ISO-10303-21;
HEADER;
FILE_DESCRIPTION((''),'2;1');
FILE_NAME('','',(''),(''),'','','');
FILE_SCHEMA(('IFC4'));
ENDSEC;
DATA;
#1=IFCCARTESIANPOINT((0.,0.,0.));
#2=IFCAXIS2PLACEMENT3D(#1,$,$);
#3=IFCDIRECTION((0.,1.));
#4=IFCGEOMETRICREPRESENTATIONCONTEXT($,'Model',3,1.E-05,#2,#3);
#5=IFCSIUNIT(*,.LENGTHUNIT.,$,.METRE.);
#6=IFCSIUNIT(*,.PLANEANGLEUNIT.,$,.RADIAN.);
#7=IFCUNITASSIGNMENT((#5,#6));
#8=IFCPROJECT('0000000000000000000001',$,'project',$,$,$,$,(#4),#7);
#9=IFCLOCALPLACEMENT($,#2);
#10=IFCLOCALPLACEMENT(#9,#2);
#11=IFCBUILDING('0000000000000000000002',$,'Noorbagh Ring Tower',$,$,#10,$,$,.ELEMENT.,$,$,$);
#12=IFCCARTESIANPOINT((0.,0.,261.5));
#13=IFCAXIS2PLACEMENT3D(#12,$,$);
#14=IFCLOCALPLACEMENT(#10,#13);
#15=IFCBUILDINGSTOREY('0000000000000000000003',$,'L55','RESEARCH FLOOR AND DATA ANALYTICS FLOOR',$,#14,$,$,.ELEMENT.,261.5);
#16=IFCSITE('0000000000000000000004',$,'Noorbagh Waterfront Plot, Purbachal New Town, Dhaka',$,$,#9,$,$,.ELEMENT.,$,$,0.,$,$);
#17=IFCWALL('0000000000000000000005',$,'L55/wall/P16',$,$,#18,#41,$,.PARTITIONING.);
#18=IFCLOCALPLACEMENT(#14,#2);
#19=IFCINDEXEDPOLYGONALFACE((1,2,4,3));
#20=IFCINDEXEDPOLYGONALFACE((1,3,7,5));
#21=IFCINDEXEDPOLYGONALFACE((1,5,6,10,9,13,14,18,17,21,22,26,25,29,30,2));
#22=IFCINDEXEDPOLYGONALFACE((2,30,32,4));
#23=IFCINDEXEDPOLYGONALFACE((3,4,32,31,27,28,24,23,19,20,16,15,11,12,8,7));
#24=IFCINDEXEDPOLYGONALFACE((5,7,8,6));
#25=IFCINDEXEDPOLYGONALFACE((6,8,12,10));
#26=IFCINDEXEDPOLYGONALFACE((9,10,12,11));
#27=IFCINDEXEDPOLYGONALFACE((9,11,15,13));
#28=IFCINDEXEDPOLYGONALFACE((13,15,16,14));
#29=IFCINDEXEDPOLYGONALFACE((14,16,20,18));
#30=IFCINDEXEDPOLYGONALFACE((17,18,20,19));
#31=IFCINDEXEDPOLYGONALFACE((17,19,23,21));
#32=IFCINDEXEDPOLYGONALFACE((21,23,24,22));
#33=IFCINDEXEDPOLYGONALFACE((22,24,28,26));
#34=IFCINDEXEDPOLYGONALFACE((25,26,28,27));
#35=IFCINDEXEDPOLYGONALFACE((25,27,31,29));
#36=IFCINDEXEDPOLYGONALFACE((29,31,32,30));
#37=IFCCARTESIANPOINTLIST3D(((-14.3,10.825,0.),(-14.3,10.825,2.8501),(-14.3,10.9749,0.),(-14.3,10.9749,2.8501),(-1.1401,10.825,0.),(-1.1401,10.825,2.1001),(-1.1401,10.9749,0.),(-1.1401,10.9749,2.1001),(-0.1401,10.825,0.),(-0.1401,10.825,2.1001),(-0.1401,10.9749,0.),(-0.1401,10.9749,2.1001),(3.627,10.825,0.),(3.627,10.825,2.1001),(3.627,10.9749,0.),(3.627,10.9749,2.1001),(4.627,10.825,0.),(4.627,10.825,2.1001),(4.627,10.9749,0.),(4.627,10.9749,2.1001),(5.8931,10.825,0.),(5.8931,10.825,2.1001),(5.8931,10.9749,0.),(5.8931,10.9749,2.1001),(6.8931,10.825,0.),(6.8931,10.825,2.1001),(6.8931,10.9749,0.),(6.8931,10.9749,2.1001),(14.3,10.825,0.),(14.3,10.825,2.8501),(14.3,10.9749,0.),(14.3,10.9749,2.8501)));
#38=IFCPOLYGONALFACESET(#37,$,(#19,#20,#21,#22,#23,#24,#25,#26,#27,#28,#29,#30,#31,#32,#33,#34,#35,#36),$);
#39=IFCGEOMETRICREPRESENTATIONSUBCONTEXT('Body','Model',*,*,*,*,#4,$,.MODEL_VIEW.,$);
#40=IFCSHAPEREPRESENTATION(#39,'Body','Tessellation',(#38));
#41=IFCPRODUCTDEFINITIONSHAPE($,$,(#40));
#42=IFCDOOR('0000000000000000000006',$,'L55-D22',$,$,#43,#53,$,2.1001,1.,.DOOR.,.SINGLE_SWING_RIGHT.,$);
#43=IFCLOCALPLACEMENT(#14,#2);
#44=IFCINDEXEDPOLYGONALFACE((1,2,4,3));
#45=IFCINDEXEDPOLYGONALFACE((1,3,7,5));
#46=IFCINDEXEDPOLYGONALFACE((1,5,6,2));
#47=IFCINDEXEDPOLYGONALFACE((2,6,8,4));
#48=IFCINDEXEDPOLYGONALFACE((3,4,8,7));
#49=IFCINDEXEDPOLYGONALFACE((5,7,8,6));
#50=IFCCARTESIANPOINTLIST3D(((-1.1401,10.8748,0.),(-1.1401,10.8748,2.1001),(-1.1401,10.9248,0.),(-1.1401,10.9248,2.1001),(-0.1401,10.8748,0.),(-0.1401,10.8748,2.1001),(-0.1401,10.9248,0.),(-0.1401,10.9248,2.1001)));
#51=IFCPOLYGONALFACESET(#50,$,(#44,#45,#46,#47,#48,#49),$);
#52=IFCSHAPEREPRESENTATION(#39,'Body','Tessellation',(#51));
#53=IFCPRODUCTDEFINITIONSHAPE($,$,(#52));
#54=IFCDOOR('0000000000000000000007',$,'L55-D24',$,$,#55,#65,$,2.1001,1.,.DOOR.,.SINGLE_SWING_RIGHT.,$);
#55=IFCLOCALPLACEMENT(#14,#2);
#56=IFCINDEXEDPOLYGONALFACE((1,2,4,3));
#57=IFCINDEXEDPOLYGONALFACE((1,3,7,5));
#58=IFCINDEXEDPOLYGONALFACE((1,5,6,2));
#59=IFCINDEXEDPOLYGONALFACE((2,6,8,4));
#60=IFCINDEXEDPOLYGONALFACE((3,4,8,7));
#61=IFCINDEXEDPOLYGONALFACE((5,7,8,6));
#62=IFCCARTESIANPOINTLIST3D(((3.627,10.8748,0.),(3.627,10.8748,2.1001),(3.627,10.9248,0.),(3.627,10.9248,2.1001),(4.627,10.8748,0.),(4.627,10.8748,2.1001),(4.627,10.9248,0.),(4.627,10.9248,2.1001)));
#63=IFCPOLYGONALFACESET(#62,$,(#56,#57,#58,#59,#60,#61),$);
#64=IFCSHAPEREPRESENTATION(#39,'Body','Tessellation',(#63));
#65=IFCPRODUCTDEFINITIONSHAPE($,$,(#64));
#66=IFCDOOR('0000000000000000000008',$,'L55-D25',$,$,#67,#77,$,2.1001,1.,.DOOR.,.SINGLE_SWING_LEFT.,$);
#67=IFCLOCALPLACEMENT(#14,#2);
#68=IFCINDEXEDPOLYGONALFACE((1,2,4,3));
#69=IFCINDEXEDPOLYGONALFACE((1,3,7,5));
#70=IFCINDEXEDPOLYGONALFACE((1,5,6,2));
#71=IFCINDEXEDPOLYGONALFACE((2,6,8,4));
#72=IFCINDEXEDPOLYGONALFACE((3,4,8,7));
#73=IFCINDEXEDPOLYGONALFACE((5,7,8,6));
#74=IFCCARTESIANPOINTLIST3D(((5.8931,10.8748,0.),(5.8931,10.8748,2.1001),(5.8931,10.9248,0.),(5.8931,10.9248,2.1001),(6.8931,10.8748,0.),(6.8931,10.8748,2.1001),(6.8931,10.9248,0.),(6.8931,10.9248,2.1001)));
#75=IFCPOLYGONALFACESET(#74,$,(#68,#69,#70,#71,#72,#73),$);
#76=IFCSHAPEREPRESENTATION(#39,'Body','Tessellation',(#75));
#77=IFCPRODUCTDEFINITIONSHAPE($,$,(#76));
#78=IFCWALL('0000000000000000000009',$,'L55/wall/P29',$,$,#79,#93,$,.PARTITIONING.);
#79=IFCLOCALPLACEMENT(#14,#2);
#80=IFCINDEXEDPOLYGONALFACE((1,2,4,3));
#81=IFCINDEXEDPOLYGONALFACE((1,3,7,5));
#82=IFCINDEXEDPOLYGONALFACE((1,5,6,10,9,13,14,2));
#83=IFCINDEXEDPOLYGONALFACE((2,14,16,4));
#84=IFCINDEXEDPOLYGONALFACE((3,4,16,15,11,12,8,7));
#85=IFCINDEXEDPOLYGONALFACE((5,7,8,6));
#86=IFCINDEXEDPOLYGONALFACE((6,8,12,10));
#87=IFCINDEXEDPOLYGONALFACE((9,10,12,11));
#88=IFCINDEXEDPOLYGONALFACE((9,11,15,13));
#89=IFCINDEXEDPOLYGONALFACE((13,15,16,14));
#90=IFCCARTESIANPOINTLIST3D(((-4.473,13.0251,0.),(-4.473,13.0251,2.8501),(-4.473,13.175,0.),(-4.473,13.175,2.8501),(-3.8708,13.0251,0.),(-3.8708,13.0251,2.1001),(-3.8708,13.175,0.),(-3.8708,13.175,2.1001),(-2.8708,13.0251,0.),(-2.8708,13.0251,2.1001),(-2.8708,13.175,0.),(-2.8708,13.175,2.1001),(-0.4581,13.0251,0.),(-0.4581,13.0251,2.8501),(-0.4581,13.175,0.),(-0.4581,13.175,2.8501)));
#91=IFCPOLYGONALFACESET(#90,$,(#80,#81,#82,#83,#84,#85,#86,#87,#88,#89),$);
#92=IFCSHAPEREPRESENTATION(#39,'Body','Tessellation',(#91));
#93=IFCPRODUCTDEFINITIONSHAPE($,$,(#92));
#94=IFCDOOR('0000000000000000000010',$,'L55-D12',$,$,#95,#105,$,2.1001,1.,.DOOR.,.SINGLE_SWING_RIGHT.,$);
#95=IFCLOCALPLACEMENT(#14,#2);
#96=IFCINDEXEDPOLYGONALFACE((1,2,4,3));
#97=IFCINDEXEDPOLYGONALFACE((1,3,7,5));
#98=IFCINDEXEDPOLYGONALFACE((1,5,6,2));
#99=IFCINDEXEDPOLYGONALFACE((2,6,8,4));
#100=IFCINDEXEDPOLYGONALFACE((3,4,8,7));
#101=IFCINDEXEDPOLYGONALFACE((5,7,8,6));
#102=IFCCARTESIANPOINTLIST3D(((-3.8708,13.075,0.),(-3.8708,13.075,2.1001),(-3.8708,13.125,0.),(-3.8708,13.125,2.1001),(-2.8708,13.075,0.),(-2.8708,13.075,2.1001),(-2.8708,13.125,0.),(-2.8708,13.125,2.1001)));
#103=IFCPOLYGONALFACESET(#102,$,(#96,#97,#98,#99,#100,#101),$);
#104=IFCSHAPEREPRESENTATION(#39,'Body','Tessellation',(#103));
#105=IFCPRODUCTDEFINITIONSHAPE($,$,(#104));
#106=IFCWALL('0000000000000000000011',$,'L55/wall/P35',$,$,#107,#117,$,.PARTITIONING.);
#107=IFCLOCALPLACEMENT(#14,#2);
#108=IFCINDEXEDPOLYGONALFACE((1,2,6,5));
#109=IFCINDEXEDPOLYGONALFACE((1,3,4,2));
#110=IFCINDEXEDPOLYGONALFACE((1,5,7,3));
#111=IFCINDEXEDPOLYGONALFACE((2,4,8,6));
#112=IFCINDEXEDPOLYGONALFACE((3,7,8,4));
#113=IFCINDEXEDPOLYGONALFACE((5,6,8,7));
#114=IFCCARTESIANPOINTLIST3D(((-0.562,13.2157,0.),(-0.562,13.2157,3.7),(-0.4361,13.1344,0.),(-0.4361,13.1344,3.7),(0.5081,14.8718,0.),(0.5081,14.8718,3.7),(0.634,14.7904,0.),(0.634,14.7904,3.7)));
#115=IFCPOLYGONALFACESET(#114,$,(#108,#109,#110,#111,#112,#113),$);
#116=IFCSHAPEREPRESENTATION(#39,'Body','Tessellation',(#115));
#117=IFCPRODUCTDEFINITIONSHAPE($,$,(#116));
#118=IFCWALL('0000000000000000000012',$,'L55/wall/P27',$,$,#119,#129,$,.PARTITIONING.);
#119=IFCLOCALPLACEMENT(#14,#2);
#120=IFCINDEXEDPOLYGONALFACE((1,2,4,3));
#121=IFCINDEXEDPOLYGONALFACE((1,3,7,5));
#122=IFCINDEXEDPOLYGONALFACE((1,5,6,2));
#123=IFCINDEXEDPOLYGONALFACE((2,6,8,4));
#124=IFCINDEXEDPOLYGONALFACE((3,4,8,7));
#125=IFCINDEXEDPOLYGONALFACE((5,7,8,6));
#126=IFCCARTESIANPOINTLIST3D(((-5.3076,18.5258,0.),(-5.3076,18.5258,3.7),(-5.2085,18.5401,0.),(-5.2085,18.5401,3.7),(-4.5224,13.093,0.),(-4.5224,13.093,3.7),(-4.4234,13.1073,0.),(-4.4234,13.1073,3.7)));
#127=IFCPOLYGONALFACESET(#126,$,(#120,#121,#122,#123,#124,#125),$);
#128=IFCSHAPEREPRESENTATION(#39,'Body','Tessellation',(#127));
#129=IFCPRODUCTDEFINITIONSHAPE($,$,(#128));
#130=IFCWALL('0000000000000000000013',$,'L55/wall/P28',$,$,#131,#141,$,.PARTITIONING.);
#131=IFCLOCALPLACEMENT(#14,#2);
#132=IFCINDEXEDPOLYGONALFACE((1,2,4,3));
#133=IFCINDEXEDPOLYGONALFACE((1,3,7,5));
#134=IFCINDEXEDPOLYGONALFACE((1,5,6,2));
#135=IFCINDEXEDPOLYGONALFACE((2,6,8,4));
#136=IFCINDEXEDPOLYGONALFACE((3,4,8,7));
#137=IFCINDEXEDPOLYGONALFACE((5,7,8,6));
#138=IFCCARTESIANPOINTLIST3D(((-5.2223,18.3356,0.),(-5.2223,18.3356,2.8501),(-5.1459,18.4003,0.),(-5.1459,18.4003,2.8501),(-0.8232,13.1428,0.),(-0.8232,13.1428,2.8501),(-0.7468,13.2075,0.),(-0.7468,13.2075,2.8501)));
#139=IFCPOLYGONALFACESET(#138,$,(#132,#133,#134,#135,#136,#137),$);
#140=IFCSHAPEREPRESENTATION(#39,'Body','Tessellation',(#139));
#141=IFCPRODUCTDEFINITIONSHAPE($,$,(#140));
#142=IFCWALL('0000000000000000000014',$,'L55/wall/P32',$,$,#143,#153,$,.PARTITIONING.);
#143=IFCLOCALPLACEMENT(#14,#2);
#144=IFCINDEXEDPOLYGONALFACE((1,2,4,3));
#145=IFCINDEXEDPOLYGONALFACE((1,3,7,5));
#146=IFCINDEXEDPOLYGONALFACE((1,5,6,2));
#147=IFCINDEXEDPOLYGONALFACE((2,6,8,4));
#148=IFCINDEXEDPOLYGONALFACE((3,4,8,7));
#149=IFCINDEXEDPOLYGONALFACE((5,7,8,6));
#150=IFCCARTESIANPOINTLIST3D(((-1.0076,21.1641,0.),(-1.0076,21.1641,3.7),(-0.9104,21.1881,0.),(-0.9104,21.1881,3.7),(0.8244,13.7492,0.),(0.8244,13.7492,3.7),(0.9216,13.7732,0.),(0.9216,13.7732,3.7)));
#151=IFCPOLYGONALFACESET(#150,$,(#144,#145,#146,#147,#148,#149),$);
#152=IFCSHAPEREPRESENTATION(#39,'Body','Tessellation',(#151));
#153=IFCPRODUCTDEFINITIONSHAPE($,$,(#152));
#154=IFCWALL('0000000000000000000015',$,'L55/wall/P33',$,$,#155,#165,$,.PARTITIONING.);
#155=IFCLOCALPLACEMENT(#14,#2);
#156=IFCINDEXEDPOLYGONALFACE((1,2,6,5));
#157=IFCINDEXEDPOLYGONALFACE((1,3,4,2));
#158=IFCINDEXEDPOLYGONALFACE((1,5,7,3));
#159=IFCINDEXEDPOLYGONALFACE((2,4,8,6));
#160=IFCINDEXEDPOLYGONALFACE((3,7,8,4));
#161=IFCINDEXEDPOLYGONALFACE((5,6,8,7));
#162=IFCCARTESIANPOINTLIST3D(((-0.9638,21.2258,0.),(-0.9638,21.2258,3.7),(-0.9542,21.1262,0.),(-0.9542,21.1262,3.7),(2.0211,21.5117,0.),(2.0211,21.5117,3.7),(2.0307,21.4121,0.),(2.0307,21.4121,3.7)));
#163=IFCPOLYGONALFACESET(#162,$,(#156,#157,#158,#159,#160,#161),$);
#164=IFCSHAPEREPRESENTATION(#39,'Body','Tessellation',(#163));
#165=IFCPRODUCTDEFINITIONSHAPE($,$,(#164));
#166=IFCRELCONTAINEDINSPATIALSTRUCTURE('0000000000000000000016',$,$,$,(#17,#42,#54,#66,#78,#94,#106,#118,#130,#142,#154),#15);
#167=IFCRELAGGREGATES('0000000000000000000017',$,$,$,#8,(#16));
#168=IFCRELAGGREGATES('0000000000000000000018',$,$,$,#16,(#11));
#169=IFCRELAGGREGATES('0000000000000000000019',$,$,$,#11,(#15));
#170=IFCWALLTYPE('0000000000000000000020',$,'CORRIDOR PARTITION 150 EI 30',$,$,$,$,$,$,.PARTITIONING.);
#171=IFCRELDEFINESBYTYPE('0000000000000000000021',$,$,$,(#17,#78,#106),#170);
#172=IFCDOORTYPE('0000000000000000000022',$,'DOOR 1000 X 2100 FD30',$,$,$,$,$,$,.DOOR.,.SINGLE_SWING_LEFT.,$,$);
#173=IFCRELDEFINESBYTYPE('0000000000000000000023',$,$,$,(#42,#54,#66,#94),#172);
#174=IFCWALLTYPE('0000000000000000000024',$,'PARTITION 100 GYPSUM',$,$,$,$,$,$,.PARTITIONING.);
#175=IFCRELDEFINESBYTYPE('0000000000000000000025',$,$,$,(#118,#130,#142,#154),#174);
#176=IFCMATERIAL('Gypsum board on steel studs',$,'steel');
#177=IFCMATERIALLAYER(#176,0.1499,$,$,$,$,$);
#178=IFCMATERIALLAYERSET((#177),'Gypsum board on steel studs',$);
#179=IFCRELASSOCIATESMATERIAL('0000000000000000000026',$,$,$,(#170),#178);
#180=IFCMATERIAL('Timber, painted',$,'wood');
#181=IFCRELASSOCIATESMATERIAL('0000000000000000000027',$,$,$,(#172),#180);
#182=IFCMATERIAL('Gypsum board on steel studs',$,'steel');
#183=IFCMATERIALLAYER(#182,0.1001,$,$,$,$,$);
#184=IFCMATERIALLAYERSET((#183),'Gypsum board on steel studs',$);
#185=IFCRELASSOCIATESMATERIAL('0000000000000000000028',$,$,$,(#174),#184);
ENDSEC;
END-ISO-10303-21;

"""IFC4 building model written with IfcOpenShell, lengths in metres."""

from ifc_helpers import new_model, si_unit, direction, frame, frame_2d, origin, place, context, subcontext, project, spatial, rectangle, extrude, material, layer, layer_set, type_object, element, fill, save


model = new_model("IFC4")

# Units and contexts
model_context = context("Model", 3, precision=1e-05, world=origin(), true_north=direction((0.0, 1.0)))
body_context = subcontext(model_context, "Body", "Model", "MODEL_VIEW")
ifc_project = project(units=[si_unit("LENGTHUNIT", "METRE"), si_unit("PLANEANGLEUNIT", "RADIAN")], contexts=[model_context])

# Site, building, storey
site_placement = place(None, origin())
site = spatial("IfcSite", under=ifc_project, at=site_placement, Name="Noorbagh Waterfront Plot, Purbachal New Town, Dhaka", CompositionType="ELEMENT", RefElevation=0.0)
building_placement = place(site_placement, origin())
building = spatial("IfcBuilding", under=site, at=building_placement, Name="Noorbagh Ring Tower", CompositionType="ELEMENT")
storey_placement = place(building_placement, frame((0.0, 0.0, 261.5)))
storey = spatial("IfcBuildingStorey", under=building, at=storey_placement, Name="L55", Description="RESEARCH FLOOR AND DATA ANALYTICS FLOOR", CompositionType="ELEMENT", Elevation=261.5)

# Wall, openings, doors
ifc_material_1 = material(Name="Gypsum board on steel studs", Category="steel")
ifc_layer_1 = layer(ifc_material_1, 0.1499)
ifc_layer_set_1 = layer_set([ifc_layer_1], Name="Gypsum board on steel studs")
wall_type_1 = type_object("IfcWallType", Name="CORRIDOR PARTITION 150 EI 30", PredefinedType="PARTITIONING", material=ifc_layer_set_1)
wall_1_placement = place(storey_placement, frame((-14.3, 10.8999, 0.0), z_axis=(0.0, 0.0, 1.0), x_axis=(1.0, 0.0, 0.0)))
wall_1 = element("IfcWall", 1, at=wall_1_placement, inside=storey, type_object=wall_type_1, Name="L55/wall/P16", PredefinedType="PARTITIONING", context=body_context, shape_type="SweptSolid", body=[
    extrude(rectangle(XDim=28.6001, YDim=0.1499, at=frame_2d((14.3, 0.0))), origin(), (0.0, 0.0, 1.0), 2.8501),
])
opening_1_placement = place(wall_1_placement, frame((13.1599, 0.0, 0.0)))
opening_1 = element("IfcOpeningElement", 2, at=opening_1_placement, cuts=wall_1, PredefinedType="OPENING", context=body_context, shape_type="SweptSolid", body=[
    extrude(rectangle(XDim=1.0, YDim=2.1001, at=frame_2d((0.5, 1.05))), frame((0.0, 0.085, 0.0), z_axis=(0.0, -1.0, 0.0), x_axis=(1.0, 0.0, 0.0)), (0.0, 0.0, 1.0), 0.1699),
])
opening_2_placement = place(wall_1_placement, frame((17.927, 0.0, 0.0)))
opening_2 = element("IfcOpeningElement", 3, at=opening_2_placement, cuts=wall_1, PredefinedType="OPENING", context=body_context, shape_type="SweptSolid", body=[
    extrude(rectangle(XDim=1.0, YDim=2.1001, at=frame_2d((0.5, 1.05))), frame((0.0, 0.085, 0.0), z_axis=(0.0, -1.0, 0.0), x_axis=(1.0, 0.0, 0.0)), (0.0, 0.0, 1.0), 0.1699),
])
opening_3_placement = place(wall_1_placement, frame((20.1931, 0.0, 0.0)))
opening_3 = element("IfcOpeningElement", 4, at=opening_3_placement, cuts=wall_1, PredefinedType="OPENING", context=body_context, shape_type="SweptSolid", body=[
    extrude(rectangle(XDim=1.0, YDim=2.1001, at=frame_2d((0.5, 1.05))), frame((0.0, 0.085, 0.0), z_axis=(0.0, -1.0, 0.0), x_axis=(1.0, 0.0, 0.0)), (0.0, 0.0, 1.0), 0.1699),
])
ifc_material_2 = material(Name="Timber, painted", Category="wood")
door_type = type_object("IfcDoorType", Name="DOOR 1000 X 2100 FD30", OperationType="SINGLE_SWING_LEFT", PredefinedType="DOOR", material=ifc_material_2)
door_1_placement = place(opening_1_placement, origin())
door_1 = element("IfcDoor", 5, at=door_1_placement, inside=storey, type_object=door_type, Name="L55-D22", OperationType="SINGLE_SWING_RIGHT", OverallHeight=2.1001, OverallWidth=1.0, PredefinedType="DOOR", context=body_context, shape_type="SweptSolid", body=[
    extrude(rectangle(XDim=1.0, YDim=2.1001, at=frame_2d((0.5, 1.05))), frame((0.0, 0.0249, 0.0), z_axis=(0.0, -1.0, 0.0), x_axis=(1.0, 0.0, 0.0)), (0.0, 0.0, 1.0), 0.05),
])
fill(opening_1, door_1)
door_2_placement = place(opening_2_placement, origin())
door_2 = element("IfcDoor", 6, at=door_2_placement, inside=storey, type_object=door_type, Name="L55-D24", OperationType="SINGLE_SWING_RIGHT", OverallHeight=2.1001, OverallWidth=1.0, PredefinedType="DOOR", context=body_context, shape_type="SweptSolid", body=[
    extrude(rectangle(XDim=1.0, YDim=2.1001, at=frame_2d((0.5, 1.05))), frame((0.0, 0.0249, 0.0), z_axis=(0.0, -1.0, 0.0), x_axis=(1.0, 0.0, 0.0)), (0.0, 0.0, 1.0), 0.05),
])
fill(opening_2, door_2)
door_3_placement = place(opening_3_placement, origin())
door_3 = element("IfcDoor", 7, at=door_3_placement, inside=storey, type_object=door_type, Name="L55-D25", OperationType="SINGLE_SWING_LEFT", OverallHeight=2.1001, OverallWidth=1.0, PredefinedType="DOOR", context=body_context, shape_type="SweptSolid", body=[
    extrude(rectangle(XDim=1.0, YDim=2.1001, at=frame_2d((0.5, 1.05))), frame((0.0, 0.0249, 0.0), z_axis=(0.0, -1.0, 0.0), x_axis=(1.0, 0.0, 0.0)), (0.0, 0.0, 1.0), 0.05),
])
fill(opening_3, door_3)

# Wall, opening, door
wall_2_placement = place(storey_placement, frame((-4.4729, 13.1001, 0.0), z_axis=(0.0, 0.0, 1.0), x_axis=(1.0, 0.0, 0.0)))
wall_2 = element("IfcWall", 8, at=wall_2_placement, inside=storey, type_object=wall_type_1, Name="L55/wall/P29", PredefinedType="PARTITIONING", context=body_context, shape_type="SweptSolid", body=[
    extrude(rectangle(XDim=4.0149, YDim=0.1499, at=frame_2d((2.0073, 0.0))), origin(), (0.0, 0.0, 1.0), 2.8501),
])
opening_4_placement = place(wall_2_placement, frame((0.6021, 0.0, 0.0)))
opening_4 = element("IfcOpeningElement", 9, at=opening_4_placement, cuts=wall_2, PredefinedType="OPENING", context=body_context, shape_type="SweptSolid", body=[
    extrude(rectangle(XDim=1.0, YDim=2.1001, at=frame_2d((0.5, 1.05))), frame((0.0, 0.085, 0.0), z_axis=(0.0, -1.0, 0.0), x_axis=(1.0, 0.0, 0.0)), (0.0, 0.0, 1.0), 0.1699),
])
door_4_placement = place(opening_4_placement, origin())
door_4 = element("IfcDoor", 10, at=door_4_placement, inside=storey, type_object=door_type, Name="L55-D12", OperationType="SINGLE_SWING_RIGHT", OverallHeight=2.1001, OverallWidth=1.0, PredefinedType="DOOR", context=body_context, shape_type="SweptSolid", body=[
    extrude(rectangle(XDim=1.0, YDim=2.1001, at=frame_2d((0.5, 1.05))), frame((0.0, 0.0249, 0.0), z_axis=(0.0, -1.0, 0.0), x_axis=(1.0, 0.0, 0.0)), (0.0, 0.0, 1.0), 0.05),
])
fill(opening_4, door_4)

# Walls
wall_3_placement = place(storey_placement, frame((-0.499, 13.175, 0.0), z_axis=(0.0, 0.0, 1.0), x_axis=(0.542727, 0.839909, 0.0)))
element("IfcWall", 11, at=wall_3_placement, inside=storey, type_object=wall_type_1, Name="L55/wall/P35", PredefinedType="PARTITIONING", context=body_context, shape_type="SweptSolid", body=[
    extrude(rectangle(XDim=1.9717, YDim=0.1499, at=frame_2d((0.9858, 0.0))), origin(), (0.0, 0.0, 1.0), 3.7),
])
ifc_material_3 = material(Name="Gypsum board on steel studs", Category="steel")
ifc_layer_2 = layer(ifc_material_3, 0.1001)
ifc_layer_set_2 = layer_set([ifc_layer_2], Name="Gypsum board on steel studs")
wall_type_2 = type_object("IfcWallType", Name="PARTITION 100 GYPSUM", PredefinedType="PARTITIONING", material=ifc_layer_set_2)
wall_4_placement = place(storey_placement, frame((-5.2581, 18.533, 0.0), z_axis=(0.0, 0.0, 1.0), x_axis=(0.143034, -0.989718, 0.0)))
element("IfcWall", 12, at=wall_4_placement, inside=storey, type_object=wall_type_2, Name="L55/wall/P27", PredefinedType="PARTITIONING", context=body_context, shape_type="SweptSolid", body=[
    extrude(rectangle(XDim=5.4893, YDim=0.1001, at=frame_2d((2.7446, 0.0))), origin(), (0.0, 0.0, 1.0), 3.7),
])
wall_5_placement = place(storey_placement, frame((-5.1841, 18.3679, 0.0), z_axis=(0.0, 0.0, 1.0), x_axis=(0.646388, -0.763009, 0.0)))
element("IfcWall", 13, at=wall_5_placement, inside=storey, type_object=wall_type_2, Name="L55/wall/P28", PredefinedType="PARTITIONING", context=body_context, shape_type="SweptSolid", body=[
    extrude(rectangle(XDim=6.8057, YDim=0.1001, at=frame_2d((3.4028, 0.0))), origin(), (0.0, 0.0, 1.0), 2.8501),
])
wall_6_placement = place(storey_placement, frame((-0.959, 21.176, 0.0), z_axis=(0.0, 0.0, 1.0), x_axis=(0.239857, -0.970808, 0.0)))
element("IfcWall", 14, at=wall_6_placement, inside=storey, type_object=wall_type_2, Name="L55/wall/P32", PredefinedType="PARTITIONING", context=body_context, shape_type="SweptSolid", body=[
    extrude(rectangle(XDim=7.6379, YDim=0.1001, at=frame_2d((3.8188, 0.0))), origin(), (0.0, 0.0, 1.0), 3.7),
])
wall_7_placement = place(storey_placement, frame((-0.959, 21.176, 0.0), z_axis=(0.0, 0.0, 1.0), x_axis=(0.995444, 0.095343, 0.0)))
element("IfcWall", 15, at=wall_7_placement, inside=storey, type_object=wall_type_2, Name="L55/wall/P33", PredefinedType="PARTITIONING", context=body_context, shape_type="SweptSolid", body=[
    extrude(rectangle(XDim=2.9985, YDim=0.1001, at=frame_2d((1.4993, 0.0))), origin(), (0.0, 0.0, 1.0), 3.7),
])

save(model, "model.ifc")
